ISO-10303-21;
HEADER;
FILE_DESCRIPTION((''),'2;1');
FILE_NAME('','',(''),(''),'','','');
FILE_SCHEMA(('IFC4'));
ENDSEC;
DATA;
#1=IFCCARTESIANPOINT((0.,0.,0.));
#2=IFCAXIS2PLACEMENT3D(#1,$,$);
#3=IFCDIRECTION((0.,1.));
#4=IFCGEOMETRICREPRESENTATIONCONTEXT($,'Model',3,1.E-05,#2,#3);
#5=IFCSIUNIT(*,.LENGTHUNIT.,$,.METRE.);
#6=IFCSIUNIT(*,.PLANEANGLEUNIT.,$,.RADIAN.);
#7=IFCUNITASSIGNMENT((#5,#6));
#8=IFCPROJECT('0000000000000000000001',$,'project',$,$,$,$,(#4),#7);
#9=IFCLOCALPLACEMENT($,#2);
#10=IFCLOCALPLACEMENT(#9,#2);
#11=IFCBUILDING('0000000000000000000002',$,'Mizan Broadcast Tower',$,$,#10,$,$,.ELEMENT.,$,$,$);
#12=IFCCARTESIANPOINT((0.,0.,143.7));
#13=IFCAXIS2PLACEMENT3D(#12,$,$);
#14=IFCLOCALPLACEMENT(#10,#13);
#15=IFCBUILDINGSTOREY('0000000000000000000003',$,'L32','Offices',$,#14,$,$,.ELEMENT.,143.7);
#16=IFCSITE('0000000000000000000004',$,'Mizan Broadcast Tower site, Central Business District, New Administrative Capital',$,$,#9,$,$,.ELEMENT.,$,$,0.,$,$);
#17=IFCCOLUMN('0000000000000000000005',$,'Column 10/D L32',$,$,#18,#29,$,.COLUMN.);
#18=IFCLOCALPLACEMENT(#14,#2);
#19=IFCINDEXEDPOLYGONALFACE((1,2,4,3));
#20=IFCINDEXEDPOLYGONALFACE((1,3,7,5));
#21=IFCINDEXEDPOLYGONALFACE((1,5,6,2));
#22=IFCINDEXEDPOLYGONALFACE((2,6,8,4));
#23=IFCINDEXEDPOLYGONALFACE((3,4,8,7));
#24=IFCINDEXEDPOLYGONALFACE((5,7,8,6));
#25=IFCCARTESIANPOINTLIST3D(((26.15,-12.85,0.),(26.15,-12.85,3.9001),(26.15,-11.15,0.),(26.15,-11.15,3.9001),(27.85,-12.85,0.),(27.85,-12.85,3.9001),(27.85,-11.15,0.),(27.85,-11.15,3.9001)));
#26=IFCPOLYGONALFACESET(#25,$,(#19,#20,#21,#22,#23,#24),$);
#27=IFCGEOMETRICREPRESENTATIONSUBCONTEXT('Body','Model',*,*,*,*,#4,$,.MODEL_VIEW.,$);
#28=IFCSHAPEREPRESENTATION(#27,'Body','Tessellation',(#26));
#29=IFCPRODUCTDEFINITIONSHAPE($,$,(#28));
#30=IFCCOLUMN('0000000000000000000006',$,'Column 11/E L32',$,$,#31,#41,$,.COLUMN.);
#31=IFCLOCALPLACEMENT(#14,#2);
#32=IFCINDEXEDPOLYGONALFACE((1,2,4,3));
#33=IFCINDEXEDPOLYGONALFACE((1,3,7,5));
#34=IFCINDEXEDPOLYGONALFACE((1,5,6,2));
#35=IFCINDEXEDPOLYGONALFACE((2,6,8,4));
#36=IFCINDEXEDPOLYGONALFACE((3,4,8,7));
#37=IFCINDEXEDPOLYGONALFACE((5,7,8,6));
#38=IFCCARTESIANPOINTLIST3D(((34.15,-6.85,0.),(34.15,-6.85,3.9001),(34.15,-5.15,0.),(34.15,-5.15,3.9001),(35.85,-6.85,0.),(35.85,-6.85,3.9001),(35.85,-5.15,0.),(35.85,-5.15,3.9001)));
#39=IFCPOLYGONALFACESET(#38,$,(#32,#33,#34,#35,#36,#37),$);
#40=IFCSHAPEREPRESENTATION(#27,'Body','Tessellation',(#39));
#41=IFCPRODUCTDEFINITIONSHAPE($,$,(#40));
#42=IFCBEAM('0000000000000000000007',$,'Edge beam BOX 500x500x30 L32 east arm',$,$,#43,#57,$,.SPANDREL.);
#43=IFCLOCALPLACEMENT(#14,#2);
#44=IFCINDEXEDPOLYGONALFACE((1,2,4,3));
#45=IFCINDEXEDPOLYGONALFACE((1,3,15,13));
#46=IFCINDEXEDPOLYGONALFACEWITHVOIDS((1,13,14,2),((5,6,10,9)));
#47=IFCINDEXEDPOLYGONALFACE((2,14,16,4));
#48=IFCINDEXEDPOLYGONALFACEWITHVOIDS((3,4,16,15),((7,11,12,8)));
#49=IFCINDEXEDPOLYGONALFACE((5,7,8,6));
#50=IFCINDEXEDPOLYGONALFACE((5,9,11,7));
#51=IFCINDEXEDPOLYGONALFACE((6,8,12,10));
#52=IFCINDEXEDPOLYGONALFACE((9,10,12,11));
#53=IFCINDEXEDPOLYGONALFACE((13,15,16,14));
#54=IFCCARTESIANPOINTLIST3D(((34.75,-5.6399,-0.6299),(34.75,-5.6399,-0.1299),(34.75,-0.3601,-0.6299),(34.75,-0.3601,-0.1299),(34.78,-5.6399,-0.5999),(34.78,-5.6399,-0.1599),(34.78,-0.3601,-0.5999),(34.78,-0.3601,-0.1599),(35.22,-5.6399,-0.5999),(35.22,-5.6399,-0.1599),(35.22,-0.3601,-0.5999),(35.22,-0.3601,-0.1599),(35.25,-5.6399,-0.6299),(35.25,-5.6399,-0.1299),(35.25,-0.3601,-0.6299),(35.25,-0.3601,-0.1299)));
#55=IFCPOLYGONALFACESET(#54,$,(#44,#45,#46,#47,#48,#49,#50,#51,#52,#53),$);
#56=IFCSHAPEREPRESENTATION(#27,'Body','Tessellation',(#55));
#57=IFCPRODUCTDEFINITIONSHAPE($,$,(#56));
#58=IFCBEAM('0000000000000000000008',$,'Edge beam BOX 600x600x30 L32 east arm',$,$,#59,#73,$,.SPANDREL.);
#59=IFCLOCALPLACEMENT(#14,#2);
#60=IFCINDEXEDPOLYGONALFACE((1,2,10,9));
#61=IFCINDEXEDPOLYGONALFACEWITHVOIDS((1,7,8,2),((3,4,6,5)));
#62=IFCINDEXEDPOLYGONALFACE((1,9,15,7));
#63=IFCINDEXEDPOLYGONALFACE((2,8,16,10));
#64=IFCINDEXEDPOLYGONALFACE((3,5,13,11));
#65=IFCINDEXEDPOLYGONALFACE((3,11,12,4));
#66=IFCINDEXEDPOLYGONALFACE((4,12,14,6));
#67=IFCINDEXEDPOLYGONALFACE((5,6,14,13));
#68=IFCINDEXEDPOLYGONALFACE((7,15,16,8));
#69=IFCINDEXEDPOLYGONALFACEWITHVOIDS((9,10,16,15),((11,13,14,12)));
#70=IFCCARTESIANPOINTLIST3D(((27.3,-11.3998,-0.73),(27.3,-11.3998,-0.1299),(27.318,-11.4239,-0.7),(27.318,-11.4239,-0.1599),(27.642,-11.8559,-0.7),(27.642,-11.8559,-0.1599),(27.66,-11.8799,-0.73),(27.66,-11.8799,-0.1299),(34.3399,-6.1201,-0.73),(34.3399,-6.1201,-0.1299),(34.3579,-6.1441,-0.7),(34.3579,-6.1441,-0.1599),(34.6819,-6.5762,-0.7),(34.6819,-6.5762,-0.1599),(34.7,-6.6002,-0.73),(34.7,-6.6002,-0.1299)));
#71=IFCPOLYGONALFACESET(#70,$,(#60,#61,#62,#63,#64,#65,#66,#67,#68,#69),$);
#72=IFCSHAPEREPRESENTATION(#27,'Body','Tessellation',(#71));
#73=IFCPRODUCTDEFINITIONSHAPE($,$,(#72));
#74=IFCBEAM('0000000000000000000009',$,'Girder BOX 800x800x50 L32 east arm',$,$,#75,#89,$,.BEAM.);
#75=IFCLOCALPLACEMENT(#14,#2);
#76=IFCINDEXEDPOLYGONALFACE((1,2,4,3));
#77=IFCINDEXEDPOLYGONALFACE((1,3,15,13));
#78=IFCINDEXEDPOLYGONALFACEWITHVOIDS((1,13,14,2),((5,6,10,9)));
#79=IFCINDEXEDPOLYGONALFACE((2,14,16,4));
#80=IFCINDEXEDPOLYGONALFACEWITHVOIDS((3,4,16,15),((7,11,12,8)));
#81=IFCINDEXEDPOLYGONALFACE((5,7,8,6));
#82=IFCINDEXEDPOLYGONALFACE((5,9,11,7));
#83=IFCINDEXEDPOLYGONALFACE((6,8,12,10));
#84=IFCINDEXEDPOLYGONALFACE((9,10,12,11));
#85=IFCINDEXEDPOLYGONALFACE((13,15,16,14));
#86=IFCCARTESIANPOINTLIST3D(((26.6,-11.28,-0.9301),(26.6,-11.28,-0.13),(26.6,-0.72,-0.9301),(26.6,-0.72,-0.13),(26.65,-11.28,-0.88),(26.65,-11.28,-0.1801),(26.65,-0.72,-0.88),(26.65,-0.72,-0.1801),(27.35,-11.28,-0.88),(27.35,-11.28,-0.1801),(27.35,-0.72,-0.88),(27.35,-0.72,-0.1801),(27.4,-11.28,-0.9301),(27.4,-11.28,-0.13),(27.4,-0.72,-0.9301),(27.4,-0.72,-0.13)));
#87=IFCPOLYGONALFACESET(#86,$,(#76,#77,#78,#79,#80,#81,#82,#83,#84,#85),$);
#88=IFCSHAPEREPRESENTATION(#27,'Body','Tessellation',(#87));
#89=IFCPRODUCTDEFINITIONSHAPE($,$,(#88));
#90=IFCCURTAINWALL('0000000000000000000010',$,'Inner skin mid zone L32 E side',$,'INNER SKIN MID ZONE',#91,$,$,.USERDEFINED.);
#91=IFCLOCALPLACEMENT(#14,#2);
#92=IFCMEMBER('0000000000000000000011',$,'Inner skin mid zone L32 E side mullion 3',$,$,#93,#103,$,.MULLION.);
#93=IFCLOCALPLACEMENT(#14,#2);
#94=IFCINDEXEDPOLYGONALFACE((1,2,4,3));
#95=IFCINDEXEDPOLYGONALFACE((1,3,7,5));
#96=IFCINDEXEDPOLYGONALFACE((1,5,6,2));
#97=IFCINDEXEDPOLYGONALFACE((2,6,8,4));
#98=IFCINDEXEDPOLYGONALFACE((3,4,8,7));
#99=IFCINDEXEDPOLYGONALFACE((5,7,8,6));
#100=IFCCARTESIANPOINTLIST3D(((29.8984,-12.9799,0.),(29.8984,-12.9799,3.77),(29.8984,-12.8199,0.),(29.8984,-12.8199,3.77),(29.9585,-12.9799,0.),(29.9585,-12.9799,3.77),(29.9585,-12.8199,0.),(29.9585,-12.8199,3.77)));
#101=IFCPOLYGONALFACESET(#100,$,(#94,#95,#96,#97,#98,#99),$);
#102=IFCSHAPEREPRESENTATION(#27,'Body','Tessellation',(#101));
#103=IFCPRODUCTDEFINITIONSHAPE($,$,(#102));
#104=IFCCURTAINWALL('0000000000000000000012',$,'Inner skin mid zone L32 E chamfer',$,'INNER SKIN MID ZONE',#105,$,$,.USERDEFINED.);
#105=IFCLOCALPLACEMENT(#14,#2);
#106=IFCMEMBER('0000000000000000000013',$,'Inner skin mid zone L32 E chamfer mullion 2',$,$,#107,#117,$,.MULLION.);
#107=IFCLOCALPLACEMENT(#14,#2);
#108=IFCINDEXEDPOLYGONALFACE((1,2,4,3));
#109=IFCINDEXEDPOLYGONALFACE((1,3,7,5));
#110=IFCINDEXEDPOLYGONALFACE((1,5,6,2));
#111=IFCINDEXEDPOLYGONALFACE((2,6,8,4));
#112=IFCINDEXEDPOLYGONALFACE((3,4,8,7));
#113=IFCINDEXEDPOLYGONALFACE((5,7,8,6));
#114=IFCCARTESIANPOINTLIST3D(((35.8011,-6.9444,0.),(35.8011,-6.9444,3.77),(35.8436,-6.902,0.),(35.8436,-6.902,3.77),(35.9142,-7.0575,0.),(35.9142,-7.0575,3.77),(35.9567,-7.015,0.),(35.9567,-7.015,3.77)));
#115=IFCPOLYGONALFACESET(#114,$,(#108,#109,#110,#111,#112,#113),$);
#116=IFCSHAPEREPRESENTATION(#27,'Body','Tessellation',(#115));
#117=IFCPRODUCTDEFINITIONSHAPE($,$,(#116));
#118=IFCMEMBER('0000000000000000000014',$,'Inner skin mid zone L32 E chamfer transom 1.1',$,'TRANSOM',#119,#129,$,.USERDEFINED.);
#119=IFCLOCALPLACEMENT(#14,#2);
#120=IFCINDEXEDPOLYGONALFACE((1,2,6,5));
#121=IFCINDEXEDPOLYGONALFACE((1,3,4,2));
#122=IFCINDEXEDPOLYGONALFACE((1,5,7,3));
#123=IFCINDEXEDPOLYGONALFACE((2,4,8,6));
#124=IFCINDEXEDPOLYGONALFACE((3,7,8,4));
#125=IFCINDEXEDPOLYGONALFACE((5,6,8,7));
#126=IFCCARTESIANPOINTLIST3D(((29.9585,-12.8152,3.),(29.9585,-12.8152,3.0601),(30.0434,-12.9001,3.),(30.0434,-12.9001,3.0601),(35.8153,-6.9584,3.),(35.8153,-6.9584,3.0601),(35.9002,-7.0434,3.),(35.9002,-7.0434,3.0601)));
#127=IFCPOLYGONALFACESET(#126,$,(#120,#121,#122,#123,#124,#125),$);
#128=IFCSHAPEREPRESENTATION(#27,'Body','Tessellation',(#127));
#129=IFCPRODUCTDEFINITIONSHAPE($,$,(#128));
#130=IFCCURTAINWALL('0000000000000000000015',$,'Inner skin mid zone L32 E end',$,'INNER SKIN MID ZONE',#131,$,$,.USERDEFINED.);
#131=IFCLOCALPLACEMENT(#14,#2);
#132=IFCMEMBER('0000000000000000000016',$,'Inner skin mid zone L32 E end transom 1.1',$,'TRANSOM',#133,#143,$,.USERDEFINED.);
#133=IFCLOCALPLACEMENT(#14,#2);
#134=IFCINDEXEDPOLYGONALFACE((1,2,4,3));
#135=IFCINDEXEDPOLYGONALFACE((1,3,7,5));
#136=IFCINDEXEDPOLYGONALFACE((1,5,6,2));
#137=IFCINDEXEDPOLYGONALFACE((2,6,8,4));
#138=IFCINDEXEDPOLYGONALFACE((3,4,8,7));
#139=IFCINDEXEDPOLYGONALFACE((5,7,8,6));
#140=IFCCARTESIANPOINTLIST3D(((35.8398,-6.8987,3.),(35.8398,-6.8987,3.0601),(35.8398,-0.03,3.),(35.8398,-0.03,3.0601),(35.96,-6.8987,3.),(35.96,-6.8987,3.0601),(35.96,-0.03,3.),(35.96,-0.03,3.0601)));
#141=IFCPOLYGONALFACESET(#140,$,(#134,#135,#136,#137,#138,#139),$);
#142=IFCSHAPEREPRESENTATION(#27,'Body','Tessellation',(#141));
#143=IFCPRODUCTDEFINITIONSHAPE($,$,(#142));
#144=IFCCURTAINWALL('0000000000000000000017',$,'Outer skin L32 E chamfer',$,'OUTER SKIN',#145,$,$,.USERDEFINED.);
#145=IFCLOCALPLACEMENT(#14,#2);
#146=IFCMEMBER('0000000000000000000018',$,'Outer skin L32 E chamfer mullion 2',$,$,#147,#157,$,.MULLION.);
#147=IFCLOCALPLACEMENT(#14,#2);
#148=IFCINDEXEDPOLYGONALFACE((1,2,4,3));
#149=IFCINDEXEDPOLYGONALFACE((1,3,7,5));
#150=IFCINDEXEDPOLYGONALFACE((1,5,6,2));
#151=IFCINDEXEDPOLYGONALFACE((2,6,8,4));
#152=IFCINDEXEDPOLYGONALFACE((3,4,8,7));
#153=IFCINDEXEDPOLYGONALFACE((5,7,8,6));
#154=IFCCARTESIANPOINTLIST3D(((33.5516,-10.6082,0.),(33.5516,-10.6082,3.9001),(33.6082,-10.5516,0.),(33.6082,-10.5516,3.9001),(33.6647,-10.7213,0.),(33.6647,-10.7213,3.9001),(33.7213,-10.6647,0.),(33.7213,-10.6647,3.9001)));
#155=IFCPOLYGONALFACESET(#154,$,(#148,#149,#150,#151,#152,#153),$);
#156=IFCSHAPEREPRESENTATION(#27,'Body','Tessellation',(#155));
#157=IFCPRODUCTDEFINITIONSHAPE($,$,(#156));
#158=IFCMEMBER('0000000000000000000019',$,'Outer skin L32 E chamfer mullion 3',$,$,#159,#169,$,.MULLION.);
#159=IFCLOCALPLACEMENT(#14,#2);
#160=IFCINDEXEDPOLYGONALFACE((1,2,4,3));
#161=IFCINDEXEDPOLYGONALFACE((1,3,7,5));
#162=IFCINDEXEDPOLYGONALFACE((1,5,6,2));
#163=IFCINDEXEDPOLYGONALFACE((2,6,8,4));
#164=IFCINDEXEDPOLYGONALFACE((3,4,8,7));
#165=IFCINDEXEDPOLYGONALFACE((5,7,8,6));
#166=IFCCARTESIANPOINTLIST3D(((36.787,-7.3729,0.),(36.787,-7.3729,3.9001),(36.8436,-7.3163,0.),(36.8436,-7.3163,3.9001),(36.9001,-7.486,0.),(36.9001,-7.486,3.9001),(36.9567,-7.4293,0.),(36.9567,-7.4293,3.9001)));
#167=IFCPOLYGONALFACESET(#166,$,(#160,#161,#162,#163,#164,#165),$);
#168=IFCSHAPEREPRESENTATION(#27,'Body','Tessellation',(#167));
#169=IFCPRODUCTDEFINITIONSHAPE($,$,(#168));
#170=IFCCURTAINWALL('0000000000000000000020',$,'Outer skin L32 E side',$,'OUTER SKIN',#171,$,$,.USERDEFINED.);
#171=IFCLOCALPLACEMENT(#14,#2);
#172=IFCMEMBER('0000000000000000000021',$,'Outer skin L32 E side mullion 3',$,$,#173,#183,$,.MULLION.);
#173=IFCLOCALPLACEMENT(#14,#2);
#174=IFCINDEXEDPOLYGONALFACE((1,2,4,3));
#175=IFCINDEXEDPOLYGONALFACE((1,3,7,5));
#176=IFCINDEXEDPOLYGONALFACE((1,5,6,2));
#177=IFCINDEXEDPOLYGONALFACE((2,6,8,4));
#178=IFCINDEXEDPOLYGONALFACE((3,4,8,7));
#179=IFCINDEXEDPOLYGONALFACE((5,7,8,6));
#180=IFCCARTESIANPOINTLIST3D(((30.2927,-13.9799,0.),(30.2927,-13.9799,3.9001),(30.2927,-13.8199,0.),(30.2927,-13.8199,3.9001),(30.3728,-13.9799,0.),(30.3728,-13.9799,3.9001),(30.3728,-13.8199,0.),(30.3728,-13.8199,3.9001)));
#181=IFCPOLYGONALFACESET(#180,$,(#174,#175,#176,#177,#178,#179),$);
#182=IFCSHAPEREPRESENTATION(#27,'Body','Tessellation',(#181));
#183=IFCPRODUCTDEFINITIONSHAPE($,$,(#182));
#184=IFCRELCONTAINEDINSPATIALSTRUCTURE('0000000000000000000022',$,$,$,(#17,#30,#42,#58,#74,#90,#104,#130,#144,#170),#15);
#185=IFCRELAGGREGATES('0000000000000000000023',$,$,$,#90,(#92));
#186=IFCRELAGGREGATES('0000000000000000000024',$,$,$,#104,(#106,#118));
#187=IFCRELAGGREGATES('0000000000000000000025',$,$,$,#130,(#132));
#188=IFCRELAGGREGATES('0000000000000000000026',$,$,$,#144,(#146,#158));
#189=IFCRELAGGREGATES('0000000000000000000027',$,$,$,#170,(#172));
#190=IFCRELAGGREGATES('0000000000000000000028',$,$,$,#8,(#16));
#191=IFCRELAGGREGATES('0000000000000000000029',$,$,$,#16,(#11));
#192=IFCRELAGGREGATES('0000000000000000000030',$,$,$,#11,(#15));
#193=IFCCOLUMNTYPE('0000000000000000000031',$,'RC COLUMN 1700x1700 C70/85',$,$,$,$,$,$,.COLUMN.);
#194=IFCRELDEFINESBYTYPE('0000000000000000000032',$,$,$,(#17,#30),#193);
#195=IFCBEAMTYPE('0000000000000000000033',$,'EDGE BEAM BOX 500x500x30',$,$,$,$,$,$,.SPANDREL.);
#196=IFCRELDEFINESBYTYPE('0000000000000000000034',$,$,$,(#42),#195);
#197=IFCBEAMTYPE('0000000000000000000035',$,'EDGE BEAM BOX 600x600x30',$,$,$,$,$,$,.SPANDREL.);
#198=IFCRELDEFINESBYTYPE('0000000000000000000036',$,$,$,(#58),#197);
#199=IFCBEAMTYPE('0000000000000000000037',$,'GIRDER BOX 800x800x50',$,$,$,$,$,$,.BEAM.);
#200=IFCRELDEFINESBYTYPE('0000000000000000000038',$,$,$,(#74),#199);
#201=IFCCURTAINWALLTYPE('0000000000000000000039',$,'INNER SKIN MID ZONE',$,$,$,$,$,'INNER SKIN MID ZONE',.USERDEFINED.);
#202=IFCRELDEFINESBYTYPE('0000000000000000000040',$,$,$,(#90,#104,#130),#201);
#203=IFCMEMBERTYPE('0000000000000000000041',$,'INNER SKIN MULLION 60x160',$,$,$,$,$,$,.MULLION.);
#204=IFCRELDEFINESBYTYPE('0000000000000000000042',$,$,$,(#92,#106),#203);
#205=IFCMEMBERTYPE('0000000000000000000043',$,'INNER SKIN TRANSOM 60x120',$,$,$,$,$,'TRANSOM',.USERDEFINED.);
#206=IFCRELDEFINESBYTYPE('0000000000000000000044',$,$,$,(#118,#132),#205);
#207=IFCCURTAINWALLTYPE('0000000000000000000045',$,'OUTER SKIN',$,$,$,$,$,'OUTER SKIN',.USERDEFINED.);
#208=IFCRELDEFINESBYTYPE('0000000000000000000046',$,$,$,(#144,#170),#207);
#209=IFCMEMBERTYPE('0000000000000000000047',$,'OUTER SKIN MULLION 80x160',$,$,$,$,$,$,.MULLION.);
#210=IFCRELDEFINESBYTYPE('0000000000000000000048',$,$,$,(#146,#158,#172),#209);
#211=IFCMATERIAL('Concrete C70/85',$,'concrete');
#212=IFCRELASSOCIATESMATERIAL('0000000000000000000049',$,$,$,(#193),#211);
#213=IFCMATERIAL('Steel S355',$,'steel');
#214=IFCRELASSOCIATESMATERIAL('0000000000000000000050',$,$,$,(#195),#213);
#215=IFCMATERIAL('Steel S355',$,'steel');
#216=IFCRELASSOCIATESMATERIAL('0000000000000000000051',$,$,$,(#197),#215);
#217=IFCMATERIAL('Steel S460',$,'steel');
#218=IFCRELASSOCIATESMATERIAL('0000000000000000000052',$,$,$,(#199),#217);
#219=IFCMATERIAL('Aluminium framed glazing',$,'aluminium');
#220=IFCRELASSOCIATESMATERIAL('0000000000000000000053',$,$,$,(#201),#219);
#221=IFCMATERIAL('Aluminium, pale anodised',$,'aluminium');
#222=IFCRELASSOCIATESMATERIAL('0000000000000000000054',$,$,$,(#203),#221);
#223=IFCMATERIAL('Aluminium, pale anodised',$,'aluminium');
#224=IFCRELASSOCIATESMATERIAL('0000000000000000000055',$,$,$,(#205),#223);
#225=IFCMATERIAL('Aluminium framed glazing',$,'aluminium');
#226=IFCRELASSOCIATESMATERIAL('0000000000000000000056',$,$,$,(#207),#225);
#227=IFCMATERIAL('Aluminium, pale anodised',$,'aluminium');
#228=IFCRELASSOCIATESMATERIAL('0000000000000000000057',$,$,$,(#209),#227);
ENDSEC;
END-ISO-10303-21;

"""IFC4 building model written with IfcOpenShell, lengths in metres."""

from ifc_helpers import new_model, si_unit, direction, frame, origin, origin_2d, place, context, subcontext, project, spatial, rectangle, hollow_rectangle, extrude, material, material_profile, profile_set, type_object, element, aggregate, save


model = new_model("IFC4")

# Units and contexts
model_context = context("Model", 3, precision=1e-05, world=origin(), true_north=direction((0.0, 1.0)))
body_context = subcontext(model_context, "Body", "Model", "MODEL_VIEW")
ifc_project = project(units=[si_unit("LENGTHUNIT", "METRE"), si_unit("PLANEANGLEUNIT", "RADIAN")], contexts=[model_context])

# Site, building, storey
site_placement = place(None, origin())
site = spatial("IfcSite", under=ifc_project, at=site_placement, Name="Mizan Broadcast Tower site, Central Business District, New Administrative Capital", CompositionType="ELEMENT", RefElevation=0.0)
building_placement = place(site_placement, origin())
building = spatial("IfcBuilding", under=site, at=building_placement, Name="Mizan Broadcast Tower", CompositionType="ELEMENT")
storey_placement = place(building_placement, frame((0.0, 0.0, 143.7)))
storey = spatial("IfcBuildingStorey", under=building, at=storey_placement, Name="L32", Description="Offices", CompositionType="ELEMENT", Elevation=143.7)

# Columns
ifc_material_1 = material(Name="Concrete C70/85", Category="concrete")
ifc_material_profile_1 = material_profile(ifc_material_1, rectangle(XDim=1.7, YDim=1.7, at=origin_2d()), Name="RC 1700x1700")
ifc_profile_set_1 = profile_set([ifc_material_profile_1], Name="Concrete C70/85")
column_type = type_object("IfcColumnType", Name="RC COLUMN 1700x1700 C70/85", PredefinedType="COLUMN", material=ifc_profile_set_1)
for number, where, z_axis, x_axis, name in (
    (1, (27.0, -12.0, 0.0), (0.0, 0.0, 1.0), (1.0, 0.0, 0.0), "Column 10/D L32"),
    (2, (35.0, -6.0, 0.0), (0.0, 0.0, 1.0), (1.0, 0.0, 0.0), "Column 11/E L32"),
):
    element("IfcColumn", number, at=place(storey_placement, frame(where, z_axis=z_axis, x_axis=x_axis)), inside=storey, type_object=column_type, Name=name, PredefinedType="COLUMN", context=body_context, shape_type="SweptSolid", body=[
        extrude(rectangle(XDim=1.7, YDim=1.7, at=origin_2d()), origin(), (0.0, 0.0, 1.0), 3.9001),
    ])

# Beams
ifc_material_2 = material(Name="Steel S355", Category="steel")
ifc_material_profile_2 = material_profile(ifc_material_2, hollow_rectangle(XDim=0.5, YDim=0.5, WallThickness=0.03, at=origin_2d()), Name="BOX 500x500x30")
ifc_profile_set_2 = profile_set([ifc_material_profile_2], Name="Steel S355")
beam_type_1 = type_object("IfcBeamType", Name="EDGE BEAM BOX 500x500x30", PredefinedType="SPANDREL", material=ifc_profile_set_2)
beam_1_placement = place(storey_placement, frame((35.0, -5.6399, -0.3799), z_axis=(0.0, 1.0, 0.0), x_axis=(-1.0, 0.0, 0.0)))
element("IfcBeam", 3, at=beam_1_placement, inside=storey, type_object=beam_type_1, Name="Edge beam BOX 500x500x30 L32 east arm", PredefinedType="SPANDREL", context=body_context, shape_type="SweptSolid", body=[
    extrude(hollow_rectangle(XDim=0.5, YDim=0.5, WallThickness=0.03, at=origin_2d()), origin(), (0.0, 0.0, 1.0), 5.2798),
])
ifc_material_3 = material(Name="Steel S355", Category="steel")
ifc_material_profile_3 = material_profile(ifc_material_3, hollow_rectangle(XDim=0.6001, YDim=0.6001, WallThickness=0.03, at=origin_2d()), Name="BOX 600x600x30")
ifc_profile_set_3 = profile_set([ifc_material_profile_3], Name="Steel S355")
beam_type_2 = type_object("IfcBeamType", Name="EDGE BEAM BOX 600x600x30", PredefinedType="SPANDREL", material=ifc_profile_set_3)
beam_2_placement = place(storey_placement, frame((27.48, -11.6399, -0.4299), z_axis=(0.800013, 0.599982, 0.0), x_axis=(-0.599982, 0.800013, 0.0)))
element("IfcBeam", 4, at=beam_2_placement, inside=storey, type_object=beam_type_2, Name="Edge beam BOX 600x600x30 L32 east arm", PredefinedType="SPANDREL", context=body_context, shape_type="SweptSolid", body=[
    extrude(hollow_rectangle(XDim=0.6001, YDim=0.6001, WallThickness=0.03, at=origin_2d()), origin(), (0.0, 0.0, 1.0), 8.7998),
])
ifc_material_4 = material(Name="Steel S460", Category="steel")
ifc_material_profile_4 = material_profile(ifc_material_4, hollow_rectangle(XDim=0.8, YDim=0.8, WallThickness=0.05, at=origin_2d()), Name="BOX 800x800x50")
ifc_profile_set_4 = profile_set([ifc_material_profile_4], Name="Steel S460")
beam_type_3 = type_object("IfcBeamType", Name="GIRDER BOX 800x800x50", PredefinedType="BEAM", material=ifc_profile_set_4)
beam_3_placement = place(storey_placement, frame((27.0, -11.28, -0.53), z_axis=(0.0, 1.0, 0.0), x_axis=(-1.0, 0.0, 0.0)))
element("IfcBeam", 5, at=beam_3_placement, inside=storey, type_object=beam_type_3, Name="Girder BOX 800x800x50 L32 east arm", PredefinedType="BEAM", context=body_context, shape_type="SweptSolid", body=[
    extrude(hollow_rectangle(XDim=0.8, YDim=0.8, WallThickness=0.05, at=origin_2d()), origin(), (0.0, 0.0, 1.0), 10.5601),
])

# Curtain wall, member
ifc_material_5 = material(Name="Aluminium framed glazing", Category="aluminium")
curtain_wall_type_1 = type_object("IfcCurtainWallType", Name="INNER SKIN MID ZONE", ElementType="INNER SKIN MID ZONE", PredefinedType="USERDEFINED", material=ifc_material_5)
curtain_wall_1_placement = place(storey_placement, origin())
curtain_wall_1 = element("IfcCurtainWall", 6, at=curtain_wall_1_placement, inside=storey, type_object=curtain_wall_type_1, Name="Inner skin mid zone L32 E side", ObjectType="INNER SKIN MID ZONE", PredefinedType="USERDEFINED")
ifc_material_6 = material(Name="Aluminium, pale anodised", Category="aluminium")
ifc_material_profile_5 = material_profile(ifc_material_6, rectangle(XDim=0.1599, YDim=0.0601, at=origin_2d()), Name="MULLION 160x60")
ifc_profile_set_5 = profile_set([ifc_material_profile_5], Name="Aluminium, pale anodised")
member_type_1 = type_object("IfcMemberType", Name="INNER SKIN MULLION 60x160", PredefinedType="MULLION", material=ifc_profile_set_5)
member_1_placement = place(storey_placement, frame((29.9285, -12.8999, 0.0), z_axis=(0.0, 0.0, 1.0), x_axis=(0.0, 1.0, 0.0)))
member_1 = element("IfcMember", 7, at=member_1_placement, type_object=member_type_1, Name="Inner skin mid zone L32 E side mullion 3", PredefinedType="MULLION", context=body_context, shape_type="SweptSolid", body=[
    extrude(rectangle(XDim=0.1599, YDim=0.0601, at=origin_2d()), origin(), (0.0, 0.0, 1.0), 3.77),
])

# Curtain wall, members
curtain_wall_2_placement = place(storey_placement, origin())
curtain_wall_2 = element("IfcCurtainWall", 8, at=curtain_wall_2_placement, inside=storey, type_object=curtain_wall_type_1, Name="Inner skin mid zone L32 E chamfer", ObjectType="INNER SKIN MID ZONE", PredefinedType="USERDEFINED")
member_2_placement = place(storey_placement, frame((35.8789, -6.9797, 0.0), z_axis=(0.0, 0.0, 1.0), x_axis=(-0.707107, 0.707107, 0.0)))
member_2 = element("IfcMember", 9, at=member_2_placement, type_object=member_type_1, Name="Inner skin mid zone L32 E chamfer mullion 2", PredefinedType="MULLION", context=body_context, shape_type="SweptSolid", body=[
    extrude(rectangle(XDim=0.1599, YDim=0.0601, at=origin_2d()), origin(), (0.0, 0.0, 1.0), 3.77),
])
ifc_material_7 = material(Name="Aluminium, pale anodised", Category="aluminium")
ifc_material_profile_6 = material_profile(ifc_material_7, rectangle(XDim=0.1201, YDim=0.0601, at=origin_2d()), Name="TRANSOM 120x60")
ifc_profile_set_6 = profile_set([ifc_material_profile_6], Name="Aluminium, pale anodised")
member_type_2 = type_object("IfcMemberType", Name="INNER SKIN TRANSOM 60x120", ElementType="TRANSOM", PredefinedType="USERDEFINED", material=ifc_profile_set_6)
member_3_placement = place(storey_placement, frame((30.001, -12.8577, 3.03), z_axis=(0.707107, 0.707107, 0.0), x_axis=(-0.707107, 0.707107, 0.0)))
member_3 = element("IfcMember", 10, at=member_3_placement, type_object=member_type_2, Name="Inner skin mid zone L32 E chamfer transom 1.1", ObjectType="TRANSOM", PredefinedType="USERDEFINED", context=body_context, shape_type="SweptSolid", body=[
    extrude(rectangle(XDim=0.1201, YDim=0.0601, at=origin_2d()), origin(), (0.0, 0.0, 1.0), 8.2827),
])

# Curtain wall, member
curtain_wall_3_placement = place(storey_placement, origin())
curtain_wall_3 = element("IfcCurtainWall", 11, at=curtain_wall_3_placement, inside=storey, type_object=curtain_wall_type_1, Name="Inner skin mid zone L32 E end", ObjectType="INNER SKIN MID ZONE", PredefinedType="USERDEFINED")
member_4_placement = place(storey_placement, frame((35.8999, -6.8987, 3.03), z_axis=(0.0, 1.0, 0.0), x_axis=(-1.0, 0.0, 0.0)))
member_4 = element("IfcMember", 12, at=member_4_placement, type_object=member_type_2, Name="Inner skin mid zone L32 E end transom 1.1", ObjectType="TRANSOM", PredefinedType="USERDEFINED", context=body_context, shape_type="SweptSolid", body=[
    extrude(rectangle(XDim=0.1201, YDim=0.0601, at=origin_2d()), origin(), (0.0, 0.0, 1.0), 6.8687),
])

# Curtain wall, members
ifc_material_8 = material(Name="Aluminium framed glazing", Category="aluminium")
curtain_wall_type_2 = type_object("IfcCurtainWallType", Name="OUTER SKIN", ElementType="OUTER SKIN", PredefinedType="USERDEFINED", material=ifc_material_8)
curtain_wall_4_placement = place(storey_placement, origin())
curtain_wall_4 = element("IfcCurtainWall", 13, at=curtain_wall_4_placement, inside=storey, type_object=curtain_wall_type_2, Name="Outer skin L32 E chamfer", ObjectType="OUTER SKIN", PredefinedType="USERDEFINED")
ifc_material_9 = material(Name="Aluminium, pale anodised", Category="aluminium")
ifc_material_profile_7 = material_profile(ifc_material_9, rectangle(XDim=0.1599, YDim=0.0801, at=origin_2d()), Name="MULLION 160x80")
ifc_profile_set_7 = profile_set([ifc_material_profile_7], Name="Aluminium, pale anodised")
member_type_3 = type_object("IfcMemberType", Name="OUTER SKIN MULLION 80x160", PredefinedType="MULLION", material=ifc_profile_set_7)
member_5_placement = place(storey_placement, frame((33.6365, -10.6365, 0.0), z_axis=(0.0, 0.0, 1.0), x_axis=(-0.707107, 0.707107, 0.0)))
member_5 = element("IfcMember", 14, at=member_5_placement, type_object=member_type_3, Name="Outer skin L32 E chamfer mullion 2", PredefinedType="MULLION", context=body_context, shape_type="SweptSolid", body=[
    extrude(rectangle(XDim=0.1599, YDim=0.0801, at=origin_2d()), origin(), (0.0, 0.0, 1.0), 3.9001),
])
member_6_placement = place(storey_placement, frame((36.8718, -7.4011, 0.0), z_axis=(0.0, 0.0, 1.0), x_axis=(-0.707107, 0.707107, 0.0)))
member_6 = element("IfcMember", 15, at=member_6_placement, type_object=member_type_3, Name="Outer skin L32 E chamfer mullion 3", PredefinedType="MULLION", context=body_context, shape_type="SweptSolid", body=[
    extrude(rectangle(XDim=0.1599, YDim=0.0801, at=origin_2d()), origin(), (0.0, 0.0, 1.0), 3.9001),
])

# Curtain wall, member
curtain_wall_5_placement = place(storey_placement, origin())
curtain_wall_5 = element("IfcCurtainWall", 16, at=curtain_wall_5_placement, inside=storey, type_object=curtain_wall_type_2, Name="Outer skin L32 E side", ObjectType="OUTER SKIN", PredefinedType="USERDEFINED")
member_7_placement = place(storey_placement, frame((30.3328, -13.8999, 0.0), z_axis=(0.0, 0.0, 1.0), x_axis=(0.0, 1.0, 0.0)))
member_7 = element("IfcMember", 17, at=member_7_placement, type_object=member_type_3, Name="Outer skin L32 E side mullion 3", PredefinedType="MULLION", context=body_context, shape_type="SweptSolid", body=[
    extrude(rectangle(XDim=0.1599, YDim=0.0801, at=origin_2d()), origin(), (0.0, 0.0, 1.0), 3.9001),
])

aggregate(curtain_wall_1, [member_1])
aggregate(curtain_wall_2, [member_2, member_3])
aggregate(curtain_wall_3, [member_4])
aggregate(curtain_wall_4, [member_5, member_6])
aggregate(curtain_wall_5, [member_7])

save(model, "model.ifc")
